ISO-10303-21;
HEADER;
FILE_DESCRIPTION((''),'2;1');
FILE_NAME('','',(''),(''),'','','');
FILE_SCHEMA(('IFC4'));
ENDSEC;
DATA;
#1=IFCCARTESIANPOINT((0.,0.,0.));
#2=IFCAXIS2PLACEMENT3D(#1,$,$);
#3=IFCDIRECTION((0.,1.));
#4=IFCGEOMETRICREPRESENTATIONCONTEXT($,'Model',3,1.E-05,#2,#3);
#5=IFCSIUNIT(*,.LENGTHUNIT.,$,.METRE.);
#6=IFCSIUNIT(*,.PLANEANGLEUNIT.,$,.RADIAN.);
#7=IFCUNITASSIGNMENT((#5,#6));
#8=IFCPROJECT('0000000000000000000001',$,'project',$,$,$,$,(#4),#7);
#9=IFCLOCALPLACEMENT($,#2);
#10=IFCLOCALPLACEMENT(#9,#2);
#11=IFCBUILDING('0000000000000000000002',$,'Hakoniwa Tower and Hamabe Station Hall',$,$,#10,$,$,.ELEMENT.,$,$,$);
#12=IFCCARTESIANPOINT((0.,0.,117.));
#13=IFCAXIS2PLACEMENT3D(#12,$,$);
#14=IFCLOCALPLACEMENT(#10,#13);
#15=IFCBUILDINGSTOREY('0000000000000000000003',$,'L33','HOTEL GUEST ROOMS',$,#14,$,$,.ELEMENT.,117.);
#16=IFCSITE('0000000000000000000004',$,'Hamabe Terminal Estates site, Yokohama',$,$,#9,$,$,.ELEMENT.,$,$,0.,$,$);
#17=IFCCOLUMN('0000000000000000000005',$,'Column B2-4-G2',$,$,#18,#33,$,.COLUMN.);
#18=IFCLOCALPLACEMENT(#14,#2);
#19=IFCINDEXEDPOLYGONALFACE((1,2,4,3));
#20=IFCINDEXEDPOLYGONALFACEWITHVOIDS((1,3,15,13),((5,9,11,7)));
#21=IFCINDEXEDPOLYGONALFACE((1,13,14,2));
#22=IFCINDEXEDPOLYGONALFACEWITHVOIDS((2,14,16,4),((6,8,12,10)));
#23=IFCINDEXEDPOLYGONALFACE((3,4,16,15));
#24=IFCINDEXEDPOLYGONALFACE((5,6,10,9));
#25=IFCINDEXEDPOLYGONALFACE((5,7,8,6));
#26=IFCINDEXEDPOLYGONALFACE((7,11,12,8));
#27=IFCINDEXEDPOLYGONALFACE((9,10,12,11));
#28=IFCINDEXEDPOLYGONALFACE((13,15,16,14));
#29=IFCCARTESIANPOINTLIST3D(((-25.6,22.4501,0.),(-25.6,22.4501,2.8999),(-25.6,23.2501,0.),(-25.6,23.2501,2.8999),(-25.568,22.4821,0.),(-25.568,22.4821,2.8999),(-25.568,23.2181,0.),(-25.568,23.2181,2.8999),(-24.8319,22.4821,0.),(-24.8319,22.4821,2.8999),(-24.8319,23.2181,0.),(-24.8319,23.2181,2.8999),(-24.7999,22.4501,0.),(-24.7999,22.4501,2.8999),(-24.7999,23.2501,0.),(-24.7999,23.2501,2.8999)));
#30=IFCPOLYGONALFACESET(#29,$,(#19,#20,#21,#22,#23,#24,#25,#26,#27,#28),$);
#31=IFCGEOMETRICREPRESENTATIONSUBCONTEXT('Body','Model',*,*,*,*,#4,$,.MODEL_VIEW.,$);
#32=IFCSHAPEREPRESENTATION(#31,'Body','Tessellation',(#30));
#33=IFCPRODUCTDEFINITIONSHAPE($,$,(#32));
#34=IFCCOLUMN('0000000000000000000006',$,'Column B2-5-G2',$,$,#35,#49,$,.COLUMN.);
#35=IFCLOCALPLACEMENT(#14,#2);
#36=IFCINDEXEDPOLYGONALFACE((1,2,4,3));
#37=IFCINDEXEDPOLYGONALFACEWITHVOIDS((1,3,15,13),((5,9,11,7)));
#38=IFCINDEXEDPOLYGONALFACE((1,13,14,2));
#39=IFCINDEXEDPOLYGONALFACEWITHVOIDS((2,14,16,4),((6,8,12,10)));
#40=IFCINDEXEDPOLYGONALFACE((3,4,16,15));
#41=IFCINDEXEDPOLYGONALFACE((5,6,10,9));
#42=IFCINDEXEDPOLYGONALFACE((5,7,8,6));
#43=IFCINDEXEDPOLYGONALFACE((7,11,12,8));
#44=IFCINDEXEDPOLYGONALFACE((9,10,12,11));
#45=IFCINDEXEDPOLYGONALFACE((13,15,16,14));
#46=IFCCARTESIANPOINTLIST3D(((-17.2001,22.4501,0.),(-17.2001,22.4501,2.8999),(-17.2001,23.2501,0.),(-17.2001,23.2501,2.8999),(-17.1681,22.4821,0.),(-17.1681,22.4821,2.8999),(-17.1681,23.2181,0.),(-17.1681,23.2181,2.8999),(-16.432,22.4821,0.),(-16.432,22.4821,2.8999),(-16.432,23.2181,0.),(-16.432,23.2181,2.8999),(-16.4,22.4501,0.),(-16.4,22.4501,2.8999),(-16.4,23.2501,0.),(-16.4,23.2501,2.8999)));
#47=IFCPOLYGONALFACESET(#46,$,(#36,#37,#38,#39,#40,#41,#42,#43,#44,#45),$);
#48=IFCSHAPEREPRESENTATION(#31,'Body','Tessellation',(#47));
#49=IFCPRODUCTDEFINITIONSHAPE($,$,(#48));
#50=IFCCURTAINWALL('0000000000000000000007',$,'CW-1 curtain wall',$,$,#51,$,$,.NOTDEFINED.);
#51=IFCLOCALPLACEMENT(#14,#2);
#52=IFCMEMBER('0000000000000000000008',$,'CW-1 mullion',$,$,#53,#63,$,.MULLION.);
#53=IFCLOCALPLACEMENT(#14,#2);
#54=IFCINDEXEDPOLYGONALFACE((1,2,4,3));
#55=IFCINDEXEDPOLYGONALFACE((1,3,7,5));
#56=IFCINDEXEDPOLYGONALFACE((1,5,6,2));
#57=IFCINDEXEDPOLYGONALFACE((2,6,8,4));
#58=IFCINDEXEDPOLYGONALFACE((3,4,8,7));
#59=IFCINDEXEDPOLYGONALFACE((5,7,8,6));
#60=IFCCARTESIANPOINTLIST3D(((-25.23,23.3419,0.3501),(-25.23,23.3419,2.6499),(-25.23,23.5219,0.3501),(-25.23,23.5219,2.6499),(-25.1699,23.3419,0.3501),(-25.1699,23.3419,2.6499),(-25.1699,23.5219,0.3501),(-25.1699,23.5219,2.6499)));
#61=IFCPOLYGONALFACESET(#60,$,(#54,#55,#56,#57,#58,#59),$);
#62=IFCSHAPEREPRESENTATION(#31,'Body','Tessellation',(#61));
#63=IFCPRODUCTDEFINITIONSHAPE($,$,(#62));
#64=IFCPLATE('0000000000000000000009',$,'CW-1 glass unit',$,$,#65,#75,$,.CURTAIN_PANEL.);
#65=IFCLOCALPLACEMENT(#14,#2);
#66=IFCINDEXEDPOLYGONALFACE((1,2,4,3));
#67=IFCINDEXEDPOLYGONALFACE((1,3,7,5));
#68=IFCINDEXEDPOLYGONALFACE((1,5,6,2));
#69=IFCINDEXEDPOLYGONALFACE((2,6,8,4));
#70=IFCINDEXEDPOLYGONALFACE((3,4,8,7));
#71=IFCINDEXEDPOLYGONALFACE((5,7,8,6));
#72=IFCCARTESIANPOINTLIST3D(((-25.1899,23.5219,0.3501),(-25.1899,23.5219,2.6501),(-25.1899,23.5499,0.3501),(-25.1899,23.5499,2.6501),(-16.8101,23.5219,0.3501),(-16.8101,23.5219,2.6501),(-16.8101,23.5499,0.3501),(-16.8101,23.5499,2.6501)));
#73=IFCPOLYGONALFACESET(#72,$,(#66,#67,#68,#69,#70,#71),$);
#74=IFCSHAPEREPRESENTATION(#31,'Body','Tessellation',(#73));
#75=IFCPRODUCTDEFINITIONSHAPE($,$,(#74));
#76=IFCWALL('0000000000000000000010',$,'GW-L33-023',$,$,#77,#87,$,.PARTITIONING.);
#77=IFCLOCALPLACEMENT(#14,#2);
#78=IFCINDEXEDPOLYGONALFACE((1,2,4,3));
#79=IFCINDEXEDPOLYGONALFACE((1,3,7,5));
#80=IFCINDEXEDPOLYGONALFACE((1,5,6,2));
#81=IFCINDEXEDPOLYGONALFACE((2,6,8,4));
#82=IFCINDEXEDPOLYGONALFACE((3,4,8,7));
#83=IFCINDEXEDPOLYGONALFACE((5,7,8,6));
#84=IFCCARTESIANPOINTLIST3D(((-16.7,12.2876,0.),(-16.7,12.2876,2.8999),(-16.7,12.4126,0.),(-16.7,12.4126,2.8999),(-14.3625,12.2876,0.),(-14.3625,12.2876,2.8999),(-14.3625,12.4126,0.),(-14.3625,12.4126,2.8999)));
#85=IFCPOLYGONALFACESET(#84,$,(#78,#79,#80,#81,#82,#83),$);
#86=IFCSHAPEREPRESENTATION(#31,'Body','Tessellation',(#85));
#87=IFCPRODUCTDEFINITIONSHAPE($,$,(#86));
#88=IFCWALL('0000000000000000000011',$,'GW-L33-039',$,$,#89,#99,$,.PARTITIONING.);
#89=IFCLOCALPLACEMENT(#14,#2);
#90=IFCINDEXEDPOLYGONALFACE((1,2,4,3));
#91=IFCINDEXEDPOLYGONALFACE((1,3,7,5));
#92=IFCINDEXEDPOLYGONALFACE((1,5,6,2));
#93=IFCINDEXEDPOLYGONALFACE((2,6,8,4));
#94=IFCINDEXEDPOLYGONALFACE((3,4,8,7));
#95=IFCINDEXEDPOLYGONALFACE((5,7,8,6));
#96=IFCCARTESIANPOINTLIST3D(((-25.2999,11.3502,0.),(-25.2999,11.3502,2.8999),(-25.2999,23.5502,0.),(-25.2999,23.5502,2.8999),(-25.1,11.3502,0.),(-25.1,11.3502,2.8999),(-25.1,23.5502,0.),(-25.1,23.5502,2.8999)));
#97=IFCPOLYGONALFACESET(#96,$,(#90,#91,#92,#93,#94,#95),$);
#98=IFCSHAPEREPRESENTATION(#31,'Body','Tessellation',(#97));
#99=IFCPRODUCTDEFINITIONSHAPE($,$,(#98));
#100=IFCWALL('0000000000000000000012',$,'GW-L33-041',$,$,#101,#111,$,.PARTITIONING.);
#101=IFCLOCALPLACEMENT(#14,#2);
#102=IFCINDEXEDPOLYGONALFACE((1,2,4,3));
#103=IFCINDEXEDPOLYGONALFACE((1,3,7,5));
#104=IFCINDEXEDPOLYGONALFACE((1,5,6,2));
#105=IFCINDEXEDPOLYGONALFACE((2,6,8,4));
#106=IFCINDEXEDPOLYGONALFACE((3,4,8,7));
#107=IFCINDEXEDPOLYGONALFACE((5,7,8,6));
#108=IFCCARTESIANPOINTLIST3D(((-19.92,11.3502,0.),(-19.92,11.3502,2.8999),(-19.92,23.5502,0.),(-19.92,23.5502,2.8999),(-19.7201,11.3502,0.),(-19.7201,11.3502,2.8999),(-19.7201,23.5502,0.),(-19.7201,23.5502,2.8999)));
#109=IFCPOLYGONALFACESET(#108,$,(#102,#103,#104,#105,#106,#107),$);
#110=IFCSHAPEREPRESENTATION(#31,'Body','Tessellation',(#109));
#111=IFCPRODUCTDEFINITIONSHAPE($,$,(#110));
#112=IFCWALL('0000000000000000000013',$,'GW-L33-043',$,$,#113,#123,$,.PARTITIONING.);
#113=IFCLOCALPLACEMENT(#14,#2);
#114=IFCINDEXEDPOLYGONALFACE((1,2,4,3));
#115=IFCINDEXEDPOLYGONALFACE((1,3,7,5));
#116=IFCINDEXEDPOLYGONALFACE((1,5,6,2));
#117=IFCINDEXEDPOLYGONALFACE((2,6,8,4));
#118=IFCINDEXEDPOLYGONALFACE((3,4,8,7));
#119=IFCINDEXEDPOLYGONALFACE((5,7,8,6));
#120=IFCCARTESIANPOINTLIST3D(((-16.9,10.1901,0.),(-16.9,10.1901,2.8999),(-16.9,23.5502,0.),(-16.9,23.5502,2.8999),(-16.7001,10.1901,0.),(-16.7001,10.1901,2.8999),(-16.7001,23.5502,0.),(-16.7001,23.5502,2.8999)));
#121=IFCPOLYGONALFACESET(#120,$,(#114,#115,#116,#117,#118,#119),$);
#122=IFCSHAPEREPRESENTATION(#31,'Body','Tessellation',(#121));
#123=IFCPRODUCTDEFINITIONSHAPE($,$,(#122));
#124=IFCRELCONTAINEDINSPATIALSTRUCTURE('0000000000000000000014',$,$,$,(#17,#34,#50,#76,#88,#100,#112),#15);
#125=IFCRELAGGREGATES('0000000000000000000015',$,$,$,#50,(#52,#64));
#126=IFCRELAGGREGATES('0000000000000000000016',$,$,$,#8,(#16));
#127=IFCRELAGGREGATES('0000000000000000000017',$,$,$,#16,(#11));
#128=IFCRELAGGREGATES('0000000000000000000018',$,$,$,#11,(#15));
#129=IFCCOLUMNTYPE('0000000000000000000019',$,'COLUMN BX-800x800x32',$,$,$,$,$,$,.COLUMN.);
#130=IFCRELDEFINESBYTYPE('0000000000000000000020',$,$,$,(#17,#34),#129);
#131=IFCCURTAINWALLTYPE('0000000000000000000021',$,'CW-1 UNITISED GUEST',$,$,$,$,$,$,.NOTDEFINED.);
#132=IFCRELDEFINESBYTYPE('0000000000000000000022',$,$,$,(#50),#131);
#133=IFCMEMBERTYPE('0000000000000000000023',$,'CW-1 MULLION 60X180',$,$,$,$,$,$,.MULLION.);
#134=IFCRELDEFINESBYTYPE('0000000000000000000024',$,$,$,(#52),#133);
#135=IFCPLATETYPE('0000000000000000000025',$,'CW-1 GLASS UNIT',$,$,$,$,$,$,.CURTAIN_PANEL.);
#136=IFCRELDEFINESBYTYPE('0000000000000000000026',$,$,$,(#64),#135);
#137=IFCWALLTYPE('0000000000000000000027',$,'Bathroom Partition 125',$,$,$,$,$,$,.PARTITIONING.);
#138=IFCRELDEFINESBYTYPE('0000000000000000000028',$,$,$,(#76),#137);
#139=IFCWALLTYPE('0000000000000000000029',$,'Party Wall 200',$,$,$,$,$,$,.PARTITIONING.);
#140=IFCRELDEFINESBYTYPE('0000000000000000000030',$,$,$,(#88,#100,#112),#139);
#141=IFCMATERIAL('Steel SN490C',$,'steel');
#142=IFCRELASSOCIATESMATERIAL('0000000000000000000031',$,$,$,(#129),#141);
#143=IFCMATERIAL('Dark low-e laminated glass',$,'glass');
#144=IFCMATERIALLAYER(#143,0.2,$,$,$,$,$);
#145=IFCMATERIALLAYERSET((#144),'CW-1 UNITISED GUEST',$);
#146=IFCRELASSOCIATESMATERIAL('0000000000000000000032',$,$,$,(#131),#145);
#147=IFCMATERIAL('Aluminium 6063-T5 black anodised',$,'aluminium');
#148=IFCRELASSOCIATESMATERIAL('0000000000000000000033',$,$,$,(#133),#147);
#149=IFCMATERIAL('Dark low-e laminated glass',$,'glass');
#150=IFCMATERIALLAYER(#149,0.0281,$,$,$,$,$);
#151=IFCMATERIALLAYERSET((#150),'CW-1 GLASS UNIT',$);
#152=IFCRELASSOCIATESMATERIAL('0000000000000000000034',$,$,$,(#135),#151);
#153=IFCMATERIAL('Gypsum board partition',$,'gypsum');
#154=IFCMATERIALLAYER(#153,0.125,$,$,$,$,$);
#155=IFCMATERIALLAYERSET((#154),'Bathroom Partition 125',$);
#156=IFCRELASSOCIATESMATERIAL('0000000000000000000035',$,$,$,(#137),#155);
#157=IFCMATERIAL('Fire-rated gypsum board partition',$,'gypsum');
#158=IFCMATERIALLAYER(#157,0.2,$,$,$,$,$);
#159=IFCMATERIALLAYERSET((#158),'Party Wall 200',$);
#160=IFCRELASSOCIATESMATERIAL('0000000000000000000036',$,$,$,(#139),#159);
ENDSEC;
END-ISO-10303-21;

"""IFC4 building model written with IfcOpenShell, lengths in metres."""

from ifc_helpers import new_model, si_unit, direction, frame, frame_2d, origin, origin_2d, place, context, subcontext, project, spatial, rectangle, hollow_rectangle, extrude, material, layer, layer_set, material_profile, profile_set, type_object, element, aggregate, save


model = new_model("IFC4")

# Units and contexts
model_context = context("Model", 3, precision=1e-05, world=origin(), true_north=direction((0.0, 1.0)))
body_context = subcontext(model_context, "Body", "Model", "MODEL_VIEW")
ifc_project = project(units=[si_unit("LENGTHUNIT", "METRE"), si_unit("PLANEANGLEUNIT", "RADIAN")], contexts=[model_context])

# Site, building, storey
site_placement = place(None, origin())
site = spatial("IfcSite", under=ifc_project, at=site_placement, Name="Hamabe Terminal Estates site, Yokohama", CompositionType="ELEMENT", RefElevation=0.0)
building_placement = place(site_placement, origin())
building = spatial("IfcBuilding", under=site, at=building_placement, Name="Hakoniwa Tower and Hamabe Station Hall", CompositionType="ELEMENT")
storey_placement = place(building_placement, frame((0.0, 0.0, 117.0)))
storey = spatial("IfcBuildingStorey", under=building, at=storey_placement, Name="L33", Description="HOTEL GUEST ROOMS", CompositionType="ELEMENT", Elevation=117.0)

# Columns
ifc_material_1 = material(Name="Steel SN490C", Category="steel")
ifc_material_profile_1 = material_profile(ifc_material_1, hollow_rectangle(XDim=0.8, YDim=0.8, WallThickness=0.032, at=origin_2d()), Name="BX-800x800x32")
ifc_profile_set_1 = profile_set([ifc_material_profile_1], Name="Steel SN490C")
column_type = type_object("IfcColumnType", Name="COLUMN BX-800x800x32", PredefinedType="COLUMN", material=ifc_profile_set_1)
for number, where, z_axis, x_axis, name in (
    (1, (-25.2, 22.8501, 0.0), (0.0, 0.0, 1.0), (1.0, 0.0, 0.0), "Column B2-4-G2"),
    (2, (-16.8, 22.8501, 0.0), (0.0, 0.0, 1.0), (1.0, 0.0, 0.0), "Column B2-5-G2"),
):
    element("IfcColumn", number, at=place(storey_placement, frame(where, z_axis=z_axis, x_axis=x_axis)), inside=storey, type_object=column_type, Name=name, PredefinedType="COLUMN", context=body_context, shape_type="SweptSolid", body=[
        extrude(hollow_rectangle(XDim=0.8, YDim=0.8, WallThickness=0.032, at=origin_2d()), origin(), (0.0, 0.0, 1.0), 2.8999),
    ])

# Curtain wall, member, plate
ifc_material_2 = material(Name="Dark low-e laminated glass", Category="glass")
ifc_layer_1 = layer(ifc_material_2, 0.2)
ifc_layer_set_1 = layer_set([ifc_layer_1], Name="CW-1 UNITISED GUEST")
curtain_wall_type = type_object("IfcCurtainWallType", Name="CW-1 UNITISED GUEST", PredefinedType="NOTDEFINED", material=ifc_layer_set_1)
curtain_wall_placement = place(storey_placement, origin())
curtain_wall = element("IfcCurtainWall", 3, at=curtain_wall_placement, inside=storey, type_object=curtain_wall_type, Name="CW-1 curtain wall", PredefinedType="NOTDEFINED")
ifc_material_3 = material(Name="Aluminium 6063-T5 black anodised", Category="aluminium")
ifc_material_profile_2 = material_profile(ifc_material_3, rectangle(XDim=0.0601, YDim=0.1799, at=origin_2d()), Name="CW-1 MULLION 60X180")
ifc_profile_set_2 = profile_set([ifc_material_profile_2], Name="Aluminium 6063-T5 black anodised")
member_type = type_object("IfcMemberType", Name="CW-1 MULLION 60X180", PredefinedType="MULLION", material=ifc_profile_set_2)
member_placement = place(storey_placement, frame((-25.2, 23.4319, 0.3501), z_axis=(0.0, 0.0, 1.0), x_axis=(-1.0, 0.0, 0.0)))
member = element("IfcMember", 4, at=member_placement, type_object=member_type, Name="CW-1 mullion", PredefinedType="MULLION", context=body_context, shape_type="SweptSolid", body=[
    extrude(rectangle(XDim=0.0601, YDim=0.1799, at=origin_2d()), origin(), (0.0, 0.0, 1.0), 2.2998),
])
ifc_material_4 = material(Name="Dark low-e laminated glass", Category="glass")
ifc_layer_2 = layer(ifc_material_4, 0.0281)
ifc_layer_set_2 = layer_set([ifc_layer_2], Name="CW-1 GLASS UNIT")
plate_type = type_object("IfcPlateType", Name="CW-1 GLASS UNIT", PredefinedType="CURTAIN_PANEL", material=ifc_layer_set_2)
plate_placement = place(storey_placement, frame((-21.0, 23.5359, 0.3501), z_axis=(0.0, 0.0, 1.0), x_axis=(-1.0, 0.0, 0.0)))
plate = element("IfcPlate", 5, at=plate_placement, type_object=plate_type, Name="CW-1 glass unit", PredefinedType="CURTAIN_PANEL", context=body_context, shape_type="SweptSolid", body=[
    extrude(rectangle(XDim=8.3799, YDim=0.0281, at=origin_2d()), origin(), (0.0, 0.0, 1.0), 2.3),
])
aggregate(curtain_wall, [member, plate])

# Walls
ifc_material_5 = material(Name="Gypsum board partition", Category="gypsum")
ifc_layer_3 = layer(ifc_material_5, 0.125)
ifc_layer_set_3 = layer_set([ifc_layer_3], Name="Bathroom Partition 125")
wall_type_1 = type_object("IfcWallType", Name="Bathroom Partition 125", PredefinedType="PARTITIONING", material=ifc_layer_set_3)
wall_1_placement = place(storey_placement, frame((-16.7, 12.3501, 0.0), z_axis=(0.0, 0.0, 1.0), x_axis=(1.0, 0.0, 0.0)))
element("IfcWall", 6, at=wall_1_placement, inside=storey, type_object=wall_type_1, Name="GW-L33-023", PredefinedType="PARTITIONING", context=body_context, shape_type="SweptSolid", body=[
    extrude(rectangle(XDim=2.3374, YDim=0.125, at=frame_2d((1.1687, 0.0))), origin(), (0.0, 0.0, 1.0), 2.8999),
])
ifc_material_6 = material(Name="Fire-rated gypsum board partition", Category="gypsum")
ifc_layer_4 = layer(ifc_material_6, 0.2)
ifc_layer_set_4 = layer_set([ifc_layer_4], Name="Party Wall 200")
wall_type_2 = type_object("IfcWallType", Name="Party Wall 200", PredefinedType="PARTITIONING", material=ifc_layer_set_4)
for number, where, z_axis, x_axis, name in (
    (7, (-25.2, 11.3501, 0.0), (0.0, 0.0, 1.0), (0.0, 1.0, 0.0), "GW-L33-039"),
    (8, (-19.8201, 11.3501, 0.0), (0.0, 0.0, 1.0), (0.0, 1.0, 0.0), "GW-L33-041"),
):
    element("IfcWall", number, at=place(storey_placement, frame(where, z_axis=z_axis, x_axis=x_axis)), inside=storey, type_object=wall_type_2, Name=name, PredefinedType="PARTITIONING", context=body_context, shape_type="SweptSolid", body=[
        extrude(rectangle(XDim=12.2, YDim=0.2, at=frame_2d((6.1001, 0.0))), origin(), (0.0, 0.0, 1.0), 2.8999),
    ])
wall_2_placement = place(storey_placement, frame((-16.8, 10.1899, 0.0), z_axis=(0.0, 0.0, 1.0), x_axis=(0.0, 1.0, 0.0)))
element("IfcWall", 9, at=wall_2_placement, inside=storey, type_object=wall_type_2, Name="GW-L33-043", PredefinedType="PARTITIONING", context=body_context, shape_type="SweptSolid", body=[
    extrude(rectangle(XDim=13.3601, YDim=0.2, at=frame_2d((6.6802, 0.0))), origin(), (0.0, 0.0, 1.0), 2.8999),
])

save(model, "model.ifc")
